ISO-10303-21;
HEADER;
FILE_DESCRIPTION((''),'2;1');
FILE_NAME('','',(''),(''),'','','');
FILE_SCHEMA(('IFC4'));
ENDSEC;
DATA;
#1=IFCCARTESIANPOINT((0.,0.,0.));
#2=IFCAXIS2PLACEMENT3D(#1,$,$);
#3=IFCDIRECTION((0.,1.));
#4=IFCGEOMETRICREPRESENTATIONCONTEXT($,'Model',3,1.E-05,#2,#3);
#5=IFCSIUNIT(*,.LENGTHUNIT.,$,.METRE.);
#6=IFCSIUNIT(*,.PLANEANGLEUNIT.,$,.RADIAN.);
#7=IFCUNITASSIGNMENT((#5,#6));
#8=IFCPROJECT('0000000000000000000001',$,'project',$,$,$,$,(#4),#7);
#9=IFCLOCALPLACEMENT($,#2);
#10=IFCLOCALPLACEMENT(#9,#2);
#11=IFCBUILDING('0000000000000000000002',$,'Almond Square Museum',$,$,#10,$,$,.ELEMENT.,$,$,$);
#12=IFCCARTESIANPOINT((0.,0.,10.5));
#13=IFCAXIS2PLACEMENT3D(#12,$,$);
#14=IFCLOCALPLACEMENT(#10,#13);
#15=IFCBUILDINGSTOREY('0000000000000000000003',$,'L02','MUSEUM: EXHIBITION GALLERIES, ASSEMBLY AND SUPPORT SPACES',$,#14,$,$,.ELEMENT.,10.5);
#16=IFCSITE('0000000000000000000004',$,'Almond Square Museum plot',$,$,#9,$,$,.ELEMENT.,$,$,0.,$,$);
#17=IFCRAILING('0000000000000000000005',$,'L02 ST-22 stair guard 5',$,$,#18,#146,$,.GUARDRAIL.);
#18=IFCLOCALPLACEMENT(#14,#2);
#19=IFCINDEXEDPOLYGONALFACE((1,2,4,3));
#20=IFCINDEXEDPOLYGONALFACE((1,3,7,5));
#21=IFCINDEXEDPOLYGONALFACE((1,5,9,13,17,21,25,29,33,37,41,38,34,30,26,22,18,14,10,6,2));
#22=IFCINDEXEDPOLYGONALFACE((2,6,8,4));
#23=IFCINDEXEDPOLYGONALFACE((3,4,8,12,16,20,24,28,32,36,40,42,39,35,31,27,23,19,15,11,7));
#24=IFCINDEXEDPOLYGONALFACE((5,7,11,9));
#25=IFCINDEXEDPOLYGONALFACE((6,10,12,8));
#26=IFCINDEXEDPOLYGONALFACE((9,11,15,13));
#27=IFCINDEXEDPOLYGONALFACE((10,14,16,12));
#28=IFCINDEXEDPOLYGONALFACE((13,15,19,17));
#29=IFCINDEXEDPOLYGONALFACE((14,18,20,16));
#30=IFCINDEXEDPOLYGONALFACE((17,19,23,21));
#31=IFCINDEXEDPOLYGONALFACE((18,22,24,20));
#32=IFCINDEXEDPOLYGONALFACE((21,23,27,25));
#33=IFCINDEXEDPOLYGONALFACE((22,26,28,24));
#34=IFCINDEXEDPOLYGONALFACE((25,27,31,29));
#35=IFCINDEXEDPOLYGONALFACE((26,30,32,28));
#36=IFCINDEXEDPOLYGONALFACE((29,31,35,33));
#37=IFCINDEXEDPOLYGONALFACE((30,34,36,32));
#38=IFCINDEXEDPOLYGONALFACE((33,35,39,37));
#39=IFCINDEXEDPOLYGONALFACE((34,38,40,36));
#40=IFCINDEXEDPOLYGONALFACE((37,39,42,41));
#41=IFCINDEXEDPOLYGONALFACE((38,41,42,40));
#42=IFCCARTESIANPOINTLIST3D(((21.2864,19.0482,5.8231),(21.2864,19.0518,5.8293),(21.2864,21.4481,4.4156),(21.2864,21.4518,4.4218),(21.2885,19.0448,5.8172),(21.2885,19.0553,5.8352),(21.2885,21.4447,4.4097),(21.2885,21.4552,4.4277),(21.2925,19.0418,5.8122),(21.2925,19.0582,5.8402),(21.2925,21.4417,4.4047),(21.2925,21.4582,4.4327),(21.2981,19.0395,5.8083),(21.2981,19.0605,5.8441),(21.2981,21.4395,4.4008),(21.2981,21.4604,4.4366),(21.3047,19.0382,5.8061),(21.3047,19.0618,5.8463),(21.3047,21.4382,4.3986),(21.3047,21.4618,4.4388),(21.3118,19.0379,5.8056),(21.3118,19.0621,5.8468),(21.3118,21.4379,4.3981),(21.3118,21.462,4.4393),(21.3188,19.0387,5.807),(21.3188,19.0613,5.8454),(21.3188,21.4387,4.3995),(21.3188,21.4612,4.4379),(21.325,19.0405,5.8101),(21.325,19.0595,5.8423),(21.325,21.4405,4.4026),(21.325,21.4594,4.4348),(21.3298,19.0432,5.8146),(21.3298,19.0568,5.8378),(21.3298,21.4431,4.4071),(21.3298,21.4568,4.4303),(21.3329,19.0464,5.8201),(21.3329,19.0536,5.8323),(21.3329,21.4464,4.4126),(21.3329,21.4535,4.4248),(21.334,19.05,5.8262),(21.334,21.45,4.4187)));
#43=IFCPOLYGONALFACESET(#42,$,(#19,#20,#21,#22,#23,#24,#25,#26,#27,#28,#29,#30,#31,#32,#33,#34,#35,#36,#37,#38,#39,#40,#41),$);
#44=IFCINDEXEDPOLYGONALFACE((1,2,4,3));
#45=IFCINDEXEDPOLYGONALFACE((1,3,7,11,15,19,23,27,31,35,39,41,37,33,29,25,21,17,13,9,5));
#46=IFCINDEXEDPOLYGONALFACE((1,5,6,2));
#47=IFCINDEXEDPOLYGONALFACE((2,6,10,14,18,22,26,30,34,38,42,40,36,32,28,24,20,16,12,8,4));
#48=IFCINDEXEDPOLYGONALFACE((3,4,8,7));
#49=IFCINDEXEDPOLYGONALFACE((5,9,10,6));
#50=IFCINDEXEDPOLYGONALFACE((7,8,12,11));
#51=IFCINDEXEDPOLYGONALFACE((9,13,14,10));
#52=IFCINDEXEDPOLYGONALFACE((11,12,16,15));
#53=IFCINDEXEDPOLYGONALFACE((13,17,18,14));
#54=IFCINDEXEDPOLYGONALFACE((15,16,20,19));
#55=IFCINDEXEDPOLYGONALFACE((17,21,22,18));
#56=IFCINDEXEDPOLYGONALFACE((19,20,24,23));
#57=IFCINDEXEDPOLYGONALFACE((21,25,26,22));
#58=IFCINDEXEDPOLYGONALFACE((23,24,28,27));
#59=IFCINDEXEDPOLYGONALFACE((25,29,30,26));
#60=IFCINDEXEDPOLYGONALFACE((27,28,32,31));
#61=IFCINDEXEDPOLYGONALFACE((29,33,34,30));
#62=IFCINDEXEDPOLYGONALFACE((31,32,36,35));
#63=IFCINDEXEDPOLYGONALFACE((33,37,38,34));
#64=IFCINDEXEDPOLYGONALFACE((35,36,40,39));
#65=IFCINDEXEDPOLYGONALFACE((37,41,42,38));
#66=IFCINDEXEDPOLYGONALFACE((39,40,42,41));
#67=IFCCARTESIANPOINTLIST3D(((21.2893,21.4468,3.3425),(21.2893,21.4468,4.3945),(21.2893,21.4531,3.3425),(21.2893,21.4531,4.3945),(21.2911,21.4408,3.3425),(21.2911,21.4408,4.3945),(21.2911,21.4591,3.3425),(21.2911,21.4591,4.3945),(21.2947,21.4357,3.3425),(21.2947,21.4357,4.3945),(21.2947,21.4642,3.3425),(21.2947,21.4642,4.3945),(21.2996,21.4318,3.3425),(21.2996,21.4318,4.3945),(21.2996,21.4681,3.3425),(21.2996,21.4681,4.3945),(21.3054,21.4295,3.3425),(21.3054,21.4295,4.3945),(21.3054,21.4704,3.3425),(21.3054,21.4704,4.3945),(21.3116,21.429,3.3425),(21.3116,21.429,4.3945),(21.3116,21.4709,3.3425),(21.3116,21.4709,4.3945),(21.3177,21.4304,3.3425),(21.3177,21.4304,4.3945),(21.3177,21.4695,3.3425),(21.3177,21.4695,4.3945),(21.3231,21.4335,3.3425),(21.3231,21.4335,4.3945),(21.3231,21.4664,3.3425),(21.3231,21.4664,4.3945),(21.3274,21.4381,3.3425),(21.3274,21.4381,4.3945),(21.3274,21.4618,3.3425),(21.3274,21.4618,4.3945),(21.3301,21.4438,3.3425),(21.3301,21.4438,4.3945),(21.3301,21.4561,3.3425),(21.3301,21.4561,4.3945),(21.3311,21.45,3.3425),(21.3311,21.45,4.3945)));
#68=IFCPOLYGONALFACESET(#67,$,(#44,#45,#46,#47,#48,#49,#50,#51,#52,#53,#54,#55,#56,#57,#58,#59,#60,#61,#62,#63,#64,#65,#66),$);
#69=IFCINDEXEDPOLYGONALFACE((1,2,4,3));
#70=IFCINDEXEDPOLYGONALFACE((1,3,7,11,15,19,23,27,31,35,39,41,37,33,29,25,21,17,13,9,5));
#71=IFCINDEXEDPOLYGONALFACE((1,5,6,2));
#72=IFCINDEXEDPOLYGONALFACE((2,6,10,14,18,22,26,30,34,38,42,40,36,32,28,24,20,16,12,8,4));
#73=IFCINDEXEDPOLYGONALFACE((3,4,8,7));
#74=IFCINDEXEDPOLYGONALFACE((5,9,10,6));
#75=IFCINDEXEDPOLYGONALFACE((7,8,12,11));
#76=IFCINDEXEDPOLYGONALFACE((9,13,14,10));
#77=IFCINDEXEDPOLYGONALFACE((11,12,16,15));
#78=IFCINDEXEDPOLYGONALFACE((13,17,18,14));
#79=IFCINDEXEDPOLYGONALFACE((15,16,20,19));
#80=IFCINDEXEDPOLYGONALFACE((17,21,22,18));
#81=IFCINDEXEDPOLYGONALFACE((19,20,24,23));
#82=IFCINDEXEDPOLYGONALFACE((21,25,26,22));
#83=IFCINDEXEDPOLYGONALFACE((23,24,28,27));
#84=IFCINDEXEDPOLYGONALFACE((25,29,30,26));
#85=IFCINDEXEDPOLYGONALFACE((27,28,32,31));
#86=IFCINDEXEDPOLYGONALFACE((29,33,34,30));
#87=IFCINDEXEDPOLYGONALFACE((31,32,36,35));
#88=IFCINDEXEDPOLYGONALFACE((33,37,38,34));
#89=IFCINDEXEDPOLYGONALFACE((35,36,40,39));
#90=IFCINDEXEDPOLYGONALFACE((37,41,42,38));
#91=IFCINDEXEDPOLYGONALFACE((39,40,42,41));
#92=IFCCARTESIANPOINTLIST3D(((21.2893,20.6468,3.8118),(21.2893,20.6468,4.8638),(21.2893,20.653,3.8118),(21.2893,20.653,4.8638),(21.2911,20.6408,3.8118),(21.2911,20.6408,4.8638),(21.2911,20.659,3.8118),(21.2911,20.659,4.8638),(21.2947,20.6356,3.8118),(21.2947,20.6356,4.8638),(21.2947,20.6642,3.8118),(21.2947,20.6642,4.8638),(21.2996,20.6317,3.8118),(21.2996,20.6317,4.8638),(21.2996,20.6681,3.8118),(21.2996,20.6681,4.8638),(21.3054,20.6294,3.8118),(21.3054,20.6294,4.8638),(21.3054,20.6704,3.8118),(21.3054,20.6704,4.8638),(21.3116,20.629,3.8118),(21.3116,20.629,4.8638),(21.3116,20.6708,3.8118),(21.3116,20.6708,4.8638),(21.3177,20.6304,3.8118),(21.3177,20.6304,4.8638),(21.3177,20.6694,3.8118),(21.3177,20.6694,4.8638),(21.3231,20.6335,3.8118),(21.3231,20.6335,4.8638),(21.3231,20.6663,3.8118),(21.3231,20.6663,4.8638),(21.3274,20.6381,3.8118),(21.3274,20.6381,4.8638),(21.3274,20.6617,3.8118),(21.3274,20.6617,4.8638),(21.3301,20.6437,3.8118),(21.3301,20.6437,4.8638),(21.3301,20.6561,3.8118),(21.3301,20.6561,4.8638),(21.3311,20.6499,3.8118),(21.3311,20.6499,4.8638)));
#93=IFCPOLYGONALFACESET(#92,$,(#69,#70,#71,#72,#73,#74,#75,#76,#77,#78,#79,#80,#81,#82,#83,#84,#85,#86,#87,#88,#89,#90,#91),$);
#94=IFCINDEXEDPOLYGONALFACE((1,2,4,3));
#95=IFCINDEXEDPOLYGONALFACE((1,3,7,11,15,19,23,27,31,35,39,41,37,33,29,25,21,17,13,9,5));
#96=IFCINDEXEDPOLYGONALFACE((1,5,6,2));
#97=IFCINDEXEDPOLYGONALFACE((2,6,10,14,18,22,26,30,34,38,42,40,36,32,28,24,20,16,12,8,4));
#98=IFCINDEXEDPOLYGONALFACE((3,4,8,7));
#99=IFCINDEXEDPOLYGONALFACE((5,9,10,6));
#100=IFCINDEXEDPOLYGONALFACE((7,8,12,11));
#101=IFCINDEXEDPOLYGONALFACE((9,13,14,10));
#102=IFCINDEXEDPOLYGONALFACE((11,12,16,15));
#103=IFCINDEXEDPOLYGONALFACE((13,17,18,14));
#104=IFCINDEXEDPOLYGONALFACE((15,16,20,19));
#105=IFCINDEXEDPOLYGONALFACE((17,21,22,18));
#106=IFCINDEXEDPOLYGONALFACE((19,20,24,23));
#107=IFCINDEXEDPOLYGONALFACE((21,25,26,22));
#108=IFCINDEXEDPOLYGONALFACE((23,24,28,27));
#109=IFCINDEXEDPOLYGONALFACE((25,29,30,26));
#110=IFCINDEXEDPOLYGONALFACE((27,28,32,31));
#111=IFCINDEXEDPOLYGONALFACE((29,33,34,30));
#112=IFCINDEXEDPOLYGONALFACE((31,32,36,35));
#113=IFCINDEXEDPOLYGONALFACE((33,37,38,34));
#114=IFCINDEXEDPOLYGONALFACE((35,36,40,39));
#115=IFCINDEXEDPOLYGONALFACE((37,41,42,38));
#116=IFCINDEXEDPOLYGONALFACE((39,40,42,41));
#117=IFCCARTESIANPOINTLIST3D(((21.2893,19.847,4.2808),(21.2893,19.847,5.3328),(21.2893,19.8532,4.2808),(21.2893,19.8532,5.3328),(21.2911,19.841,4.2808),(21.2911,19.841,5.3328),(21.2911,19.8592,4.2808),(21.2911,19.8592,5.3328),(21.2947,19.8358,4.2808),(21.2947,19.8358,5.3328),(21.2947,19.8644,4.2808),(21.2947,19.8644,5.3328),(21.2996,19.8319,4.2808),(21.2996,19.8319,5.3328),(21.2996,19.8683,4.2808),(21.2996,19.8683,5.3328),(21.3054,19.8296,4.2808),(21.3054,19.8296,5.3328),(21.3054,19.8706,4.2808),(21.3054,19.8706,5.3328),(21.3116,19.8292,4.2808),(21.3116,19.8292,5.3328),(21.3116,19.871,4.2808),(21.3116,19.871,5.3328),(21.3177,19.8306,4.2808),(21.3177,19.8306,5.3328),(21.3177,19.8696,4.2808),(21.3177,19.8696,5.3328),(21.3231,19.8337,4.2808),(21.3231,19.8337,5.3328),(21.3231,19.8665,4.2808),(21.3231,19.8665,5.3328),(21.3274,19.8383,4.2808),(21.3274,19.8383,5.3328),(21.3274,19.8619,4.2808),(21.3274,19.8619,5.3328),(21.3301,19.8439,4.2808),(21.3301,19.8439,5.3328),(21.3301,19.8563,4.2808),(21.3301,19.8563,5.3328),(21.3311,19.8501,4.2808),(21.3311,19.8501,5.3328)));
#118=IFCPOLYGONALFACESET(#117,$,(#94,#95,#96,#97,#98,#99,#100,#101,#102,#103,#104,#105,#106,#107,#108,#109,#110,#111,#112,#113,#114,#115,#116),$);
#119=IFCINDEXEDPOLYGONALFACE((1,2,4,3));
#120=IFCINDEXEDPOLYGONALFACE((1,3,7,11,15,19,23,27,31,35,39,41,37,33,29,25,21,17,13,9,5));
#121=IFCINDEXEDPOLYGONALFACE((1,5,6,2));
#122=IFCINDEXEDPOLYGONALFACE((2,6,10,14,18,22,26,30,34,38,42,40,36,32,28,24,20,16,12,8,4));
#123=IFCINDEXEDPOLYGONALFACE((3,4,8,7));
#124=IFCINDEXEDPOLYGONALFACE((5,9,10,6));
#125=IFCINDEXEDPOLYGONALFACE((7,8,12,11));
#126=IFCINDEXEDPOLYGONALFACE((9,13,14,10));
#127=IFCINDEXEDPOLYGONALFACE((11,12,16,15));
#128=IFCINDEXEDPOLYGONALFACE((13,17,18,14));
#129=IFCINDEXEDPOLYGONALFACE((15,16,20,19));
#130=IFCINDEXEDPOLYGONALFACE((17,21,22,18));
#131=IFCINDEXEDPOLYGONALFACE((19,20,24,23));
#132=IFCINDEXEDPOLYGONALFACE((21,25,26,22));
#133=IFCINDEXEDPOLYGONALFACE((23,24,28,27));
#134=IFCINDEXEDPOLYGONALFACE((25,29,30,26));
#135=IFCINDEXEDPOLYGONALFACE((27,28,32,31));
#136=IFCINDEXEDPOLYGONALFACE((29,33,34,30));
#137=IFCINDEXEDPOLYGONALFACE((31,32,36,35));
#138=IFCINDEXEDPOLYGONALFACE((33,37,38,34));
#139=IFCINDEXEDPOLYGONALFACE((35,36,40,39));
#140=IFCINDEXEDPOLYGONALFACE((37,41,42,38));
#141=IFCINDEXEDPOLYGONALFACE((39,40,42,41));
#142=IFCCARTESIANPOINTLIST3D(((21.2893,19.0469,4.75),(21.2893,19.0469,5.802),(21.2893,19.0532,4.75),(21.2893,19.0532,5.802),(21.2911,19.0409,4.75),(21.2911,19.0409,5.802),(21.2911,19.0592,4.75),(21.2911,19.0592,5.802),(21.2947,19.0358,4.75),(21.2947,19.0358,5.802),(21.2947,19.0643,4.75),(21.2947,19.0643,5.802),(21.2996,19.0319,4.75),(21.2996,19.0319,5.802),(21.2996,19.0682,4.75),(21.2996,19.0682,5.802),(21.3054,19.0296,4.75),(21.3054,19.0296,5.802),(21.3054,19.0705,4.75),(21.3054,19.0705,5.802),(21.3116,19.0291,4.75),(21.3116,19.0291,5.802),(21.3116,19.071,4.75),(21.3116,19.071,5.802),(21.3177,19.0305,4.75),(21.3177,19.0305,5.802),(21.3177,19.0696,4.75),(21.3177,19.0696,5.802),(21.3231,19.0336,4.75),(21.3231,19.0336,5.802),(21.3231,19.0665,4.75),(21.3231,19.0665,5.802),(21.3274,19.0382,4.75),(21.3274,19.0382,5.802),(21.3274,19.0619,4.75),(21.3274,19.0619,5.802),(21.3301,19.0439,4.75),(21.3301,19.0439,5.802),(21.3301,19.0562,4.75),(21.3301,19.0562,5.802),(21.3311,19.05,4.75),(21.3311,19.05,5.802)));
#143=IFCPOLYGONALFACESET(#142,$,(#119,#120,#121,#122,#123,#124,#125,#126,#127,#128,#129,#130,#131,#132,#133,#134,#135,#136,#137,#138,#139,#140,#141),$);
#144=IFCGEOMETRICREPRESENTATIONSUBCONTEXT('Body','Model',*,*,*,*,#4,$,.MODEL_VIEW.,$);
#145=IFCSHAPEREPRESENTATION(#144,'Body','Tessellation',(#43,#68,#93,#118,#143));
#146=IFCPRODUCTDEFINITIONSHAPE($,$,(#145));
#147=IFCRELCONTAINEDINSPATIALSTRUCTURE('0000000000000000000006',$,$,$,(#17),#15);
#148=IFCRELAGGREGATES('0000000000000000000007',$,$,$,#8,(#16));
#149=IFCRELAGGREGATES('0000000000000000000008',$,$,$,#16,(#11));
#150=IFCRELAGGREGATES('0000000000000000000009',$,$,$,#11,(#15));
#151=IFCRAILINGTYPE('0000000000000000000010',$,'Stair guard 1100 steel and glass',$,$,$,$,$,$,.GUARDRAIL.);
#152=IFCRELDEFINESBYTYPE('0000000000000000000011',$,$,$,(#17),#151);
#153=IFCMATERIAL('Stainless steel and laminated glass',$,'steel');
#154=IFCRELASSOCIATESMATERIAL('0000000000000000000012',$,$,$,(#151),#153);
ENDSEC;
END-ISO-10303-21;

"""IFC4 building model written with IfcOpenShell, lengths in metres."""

from ifc_helpers import new_model, si_unit, direction, frame, origin, origin_2d, place, context, subcontext, project, spatial, circle, extrude, material, type_object, element, save


model = new_model("IFC4")

# Units and contexts
model_context = context("Model", 3, precision=1e-05, world=origin(), true_north=direction((0.0, 1.0)))
body_context = subcontext(model_context, "Body", "Model", "MODEL_VIEW")
ifc_project = project(units=[si_unit("LENGTHUNIT", "METRE"), si_unit("PLANEANGLEUNIT", "RADIAN")], contexts=[model_context])

# Site, building, storey
site_placement = place(None, origin())
site = spatial("IfcSite", under=ifc_project, at=site_placement, Name="Almond Square Museum plot", CompositionType="ELEMENT", RefElevation=0.0)
building_placement = place(site_placement, origin())
building = spatial("IfcBuilding", under=site, at=building_placement, Name="Almond Square Museum", CompositionType="ELEMENT")
storey_placement = place(building_placement, frame((0.0, 0.0, 10.5)))
storey = spatial("IfcBuildingStorey", under=building, at=storey_placement, Name="L02", Description="MUSEUM: EXHIBITION GALLERIES, ASSEMBLY AND SUPPORT SPACES", CompositionType="ELEMENT", Elevation=10.5)

# Railing
ifc_material_1 = material(Name="Stainless steel and laminated glass", Category="steel")
railing_type_1 = type_object("IfcRailingType", Name="Stair guard 1100 steel and glass", PredefinedType="GUARDRAIL", material=ifc_material_1)
railing_1_placement = place(storey_placement, frame((21.3101, 21.45, 3.3425)))
element("IfcRailing", 1, at=railing_1_placement, inside=storey, type_object=railing_type_1, Name="L02 ST-22 stair guard 5", PredefinedType="GUARDRAIL", context=body_context, shape_type="SweptSolid", body=[
    extrude(circle(Radius=0.0239, at=origin_2d()), frame((0.0, 0.0, 1.0762), z_axis=(0.0, -0.862599, 0.505888), x_axis=(1.0, 0.0, 0.0)), (0.0, 0.0, 1.0), 2.7822),
    extrude(circle(Radius=0.021, at=origin_2d()), origin(), (0.0, 0.0, 1.0), 1.052),
    extrude(circle(Radius=0.021, at=origin_2d()), frame((0.0, -0.8, 0.4692)), (0.0, 0.0, 1.0), 1.052),
    extrude(circle(Radius=0.021, at=origin_2d()), frame((0.0, -1.5999, 0.9382)), (0.0, 0.0, 1.0), 1.052),
    extrude(circle(Radius=0.021, at=origin_2d()), frame((0.0, -2.3999, 1.4075)), (0.0, 0.0, 1.0), 1.052),
])

save(model, "model.ifc")
